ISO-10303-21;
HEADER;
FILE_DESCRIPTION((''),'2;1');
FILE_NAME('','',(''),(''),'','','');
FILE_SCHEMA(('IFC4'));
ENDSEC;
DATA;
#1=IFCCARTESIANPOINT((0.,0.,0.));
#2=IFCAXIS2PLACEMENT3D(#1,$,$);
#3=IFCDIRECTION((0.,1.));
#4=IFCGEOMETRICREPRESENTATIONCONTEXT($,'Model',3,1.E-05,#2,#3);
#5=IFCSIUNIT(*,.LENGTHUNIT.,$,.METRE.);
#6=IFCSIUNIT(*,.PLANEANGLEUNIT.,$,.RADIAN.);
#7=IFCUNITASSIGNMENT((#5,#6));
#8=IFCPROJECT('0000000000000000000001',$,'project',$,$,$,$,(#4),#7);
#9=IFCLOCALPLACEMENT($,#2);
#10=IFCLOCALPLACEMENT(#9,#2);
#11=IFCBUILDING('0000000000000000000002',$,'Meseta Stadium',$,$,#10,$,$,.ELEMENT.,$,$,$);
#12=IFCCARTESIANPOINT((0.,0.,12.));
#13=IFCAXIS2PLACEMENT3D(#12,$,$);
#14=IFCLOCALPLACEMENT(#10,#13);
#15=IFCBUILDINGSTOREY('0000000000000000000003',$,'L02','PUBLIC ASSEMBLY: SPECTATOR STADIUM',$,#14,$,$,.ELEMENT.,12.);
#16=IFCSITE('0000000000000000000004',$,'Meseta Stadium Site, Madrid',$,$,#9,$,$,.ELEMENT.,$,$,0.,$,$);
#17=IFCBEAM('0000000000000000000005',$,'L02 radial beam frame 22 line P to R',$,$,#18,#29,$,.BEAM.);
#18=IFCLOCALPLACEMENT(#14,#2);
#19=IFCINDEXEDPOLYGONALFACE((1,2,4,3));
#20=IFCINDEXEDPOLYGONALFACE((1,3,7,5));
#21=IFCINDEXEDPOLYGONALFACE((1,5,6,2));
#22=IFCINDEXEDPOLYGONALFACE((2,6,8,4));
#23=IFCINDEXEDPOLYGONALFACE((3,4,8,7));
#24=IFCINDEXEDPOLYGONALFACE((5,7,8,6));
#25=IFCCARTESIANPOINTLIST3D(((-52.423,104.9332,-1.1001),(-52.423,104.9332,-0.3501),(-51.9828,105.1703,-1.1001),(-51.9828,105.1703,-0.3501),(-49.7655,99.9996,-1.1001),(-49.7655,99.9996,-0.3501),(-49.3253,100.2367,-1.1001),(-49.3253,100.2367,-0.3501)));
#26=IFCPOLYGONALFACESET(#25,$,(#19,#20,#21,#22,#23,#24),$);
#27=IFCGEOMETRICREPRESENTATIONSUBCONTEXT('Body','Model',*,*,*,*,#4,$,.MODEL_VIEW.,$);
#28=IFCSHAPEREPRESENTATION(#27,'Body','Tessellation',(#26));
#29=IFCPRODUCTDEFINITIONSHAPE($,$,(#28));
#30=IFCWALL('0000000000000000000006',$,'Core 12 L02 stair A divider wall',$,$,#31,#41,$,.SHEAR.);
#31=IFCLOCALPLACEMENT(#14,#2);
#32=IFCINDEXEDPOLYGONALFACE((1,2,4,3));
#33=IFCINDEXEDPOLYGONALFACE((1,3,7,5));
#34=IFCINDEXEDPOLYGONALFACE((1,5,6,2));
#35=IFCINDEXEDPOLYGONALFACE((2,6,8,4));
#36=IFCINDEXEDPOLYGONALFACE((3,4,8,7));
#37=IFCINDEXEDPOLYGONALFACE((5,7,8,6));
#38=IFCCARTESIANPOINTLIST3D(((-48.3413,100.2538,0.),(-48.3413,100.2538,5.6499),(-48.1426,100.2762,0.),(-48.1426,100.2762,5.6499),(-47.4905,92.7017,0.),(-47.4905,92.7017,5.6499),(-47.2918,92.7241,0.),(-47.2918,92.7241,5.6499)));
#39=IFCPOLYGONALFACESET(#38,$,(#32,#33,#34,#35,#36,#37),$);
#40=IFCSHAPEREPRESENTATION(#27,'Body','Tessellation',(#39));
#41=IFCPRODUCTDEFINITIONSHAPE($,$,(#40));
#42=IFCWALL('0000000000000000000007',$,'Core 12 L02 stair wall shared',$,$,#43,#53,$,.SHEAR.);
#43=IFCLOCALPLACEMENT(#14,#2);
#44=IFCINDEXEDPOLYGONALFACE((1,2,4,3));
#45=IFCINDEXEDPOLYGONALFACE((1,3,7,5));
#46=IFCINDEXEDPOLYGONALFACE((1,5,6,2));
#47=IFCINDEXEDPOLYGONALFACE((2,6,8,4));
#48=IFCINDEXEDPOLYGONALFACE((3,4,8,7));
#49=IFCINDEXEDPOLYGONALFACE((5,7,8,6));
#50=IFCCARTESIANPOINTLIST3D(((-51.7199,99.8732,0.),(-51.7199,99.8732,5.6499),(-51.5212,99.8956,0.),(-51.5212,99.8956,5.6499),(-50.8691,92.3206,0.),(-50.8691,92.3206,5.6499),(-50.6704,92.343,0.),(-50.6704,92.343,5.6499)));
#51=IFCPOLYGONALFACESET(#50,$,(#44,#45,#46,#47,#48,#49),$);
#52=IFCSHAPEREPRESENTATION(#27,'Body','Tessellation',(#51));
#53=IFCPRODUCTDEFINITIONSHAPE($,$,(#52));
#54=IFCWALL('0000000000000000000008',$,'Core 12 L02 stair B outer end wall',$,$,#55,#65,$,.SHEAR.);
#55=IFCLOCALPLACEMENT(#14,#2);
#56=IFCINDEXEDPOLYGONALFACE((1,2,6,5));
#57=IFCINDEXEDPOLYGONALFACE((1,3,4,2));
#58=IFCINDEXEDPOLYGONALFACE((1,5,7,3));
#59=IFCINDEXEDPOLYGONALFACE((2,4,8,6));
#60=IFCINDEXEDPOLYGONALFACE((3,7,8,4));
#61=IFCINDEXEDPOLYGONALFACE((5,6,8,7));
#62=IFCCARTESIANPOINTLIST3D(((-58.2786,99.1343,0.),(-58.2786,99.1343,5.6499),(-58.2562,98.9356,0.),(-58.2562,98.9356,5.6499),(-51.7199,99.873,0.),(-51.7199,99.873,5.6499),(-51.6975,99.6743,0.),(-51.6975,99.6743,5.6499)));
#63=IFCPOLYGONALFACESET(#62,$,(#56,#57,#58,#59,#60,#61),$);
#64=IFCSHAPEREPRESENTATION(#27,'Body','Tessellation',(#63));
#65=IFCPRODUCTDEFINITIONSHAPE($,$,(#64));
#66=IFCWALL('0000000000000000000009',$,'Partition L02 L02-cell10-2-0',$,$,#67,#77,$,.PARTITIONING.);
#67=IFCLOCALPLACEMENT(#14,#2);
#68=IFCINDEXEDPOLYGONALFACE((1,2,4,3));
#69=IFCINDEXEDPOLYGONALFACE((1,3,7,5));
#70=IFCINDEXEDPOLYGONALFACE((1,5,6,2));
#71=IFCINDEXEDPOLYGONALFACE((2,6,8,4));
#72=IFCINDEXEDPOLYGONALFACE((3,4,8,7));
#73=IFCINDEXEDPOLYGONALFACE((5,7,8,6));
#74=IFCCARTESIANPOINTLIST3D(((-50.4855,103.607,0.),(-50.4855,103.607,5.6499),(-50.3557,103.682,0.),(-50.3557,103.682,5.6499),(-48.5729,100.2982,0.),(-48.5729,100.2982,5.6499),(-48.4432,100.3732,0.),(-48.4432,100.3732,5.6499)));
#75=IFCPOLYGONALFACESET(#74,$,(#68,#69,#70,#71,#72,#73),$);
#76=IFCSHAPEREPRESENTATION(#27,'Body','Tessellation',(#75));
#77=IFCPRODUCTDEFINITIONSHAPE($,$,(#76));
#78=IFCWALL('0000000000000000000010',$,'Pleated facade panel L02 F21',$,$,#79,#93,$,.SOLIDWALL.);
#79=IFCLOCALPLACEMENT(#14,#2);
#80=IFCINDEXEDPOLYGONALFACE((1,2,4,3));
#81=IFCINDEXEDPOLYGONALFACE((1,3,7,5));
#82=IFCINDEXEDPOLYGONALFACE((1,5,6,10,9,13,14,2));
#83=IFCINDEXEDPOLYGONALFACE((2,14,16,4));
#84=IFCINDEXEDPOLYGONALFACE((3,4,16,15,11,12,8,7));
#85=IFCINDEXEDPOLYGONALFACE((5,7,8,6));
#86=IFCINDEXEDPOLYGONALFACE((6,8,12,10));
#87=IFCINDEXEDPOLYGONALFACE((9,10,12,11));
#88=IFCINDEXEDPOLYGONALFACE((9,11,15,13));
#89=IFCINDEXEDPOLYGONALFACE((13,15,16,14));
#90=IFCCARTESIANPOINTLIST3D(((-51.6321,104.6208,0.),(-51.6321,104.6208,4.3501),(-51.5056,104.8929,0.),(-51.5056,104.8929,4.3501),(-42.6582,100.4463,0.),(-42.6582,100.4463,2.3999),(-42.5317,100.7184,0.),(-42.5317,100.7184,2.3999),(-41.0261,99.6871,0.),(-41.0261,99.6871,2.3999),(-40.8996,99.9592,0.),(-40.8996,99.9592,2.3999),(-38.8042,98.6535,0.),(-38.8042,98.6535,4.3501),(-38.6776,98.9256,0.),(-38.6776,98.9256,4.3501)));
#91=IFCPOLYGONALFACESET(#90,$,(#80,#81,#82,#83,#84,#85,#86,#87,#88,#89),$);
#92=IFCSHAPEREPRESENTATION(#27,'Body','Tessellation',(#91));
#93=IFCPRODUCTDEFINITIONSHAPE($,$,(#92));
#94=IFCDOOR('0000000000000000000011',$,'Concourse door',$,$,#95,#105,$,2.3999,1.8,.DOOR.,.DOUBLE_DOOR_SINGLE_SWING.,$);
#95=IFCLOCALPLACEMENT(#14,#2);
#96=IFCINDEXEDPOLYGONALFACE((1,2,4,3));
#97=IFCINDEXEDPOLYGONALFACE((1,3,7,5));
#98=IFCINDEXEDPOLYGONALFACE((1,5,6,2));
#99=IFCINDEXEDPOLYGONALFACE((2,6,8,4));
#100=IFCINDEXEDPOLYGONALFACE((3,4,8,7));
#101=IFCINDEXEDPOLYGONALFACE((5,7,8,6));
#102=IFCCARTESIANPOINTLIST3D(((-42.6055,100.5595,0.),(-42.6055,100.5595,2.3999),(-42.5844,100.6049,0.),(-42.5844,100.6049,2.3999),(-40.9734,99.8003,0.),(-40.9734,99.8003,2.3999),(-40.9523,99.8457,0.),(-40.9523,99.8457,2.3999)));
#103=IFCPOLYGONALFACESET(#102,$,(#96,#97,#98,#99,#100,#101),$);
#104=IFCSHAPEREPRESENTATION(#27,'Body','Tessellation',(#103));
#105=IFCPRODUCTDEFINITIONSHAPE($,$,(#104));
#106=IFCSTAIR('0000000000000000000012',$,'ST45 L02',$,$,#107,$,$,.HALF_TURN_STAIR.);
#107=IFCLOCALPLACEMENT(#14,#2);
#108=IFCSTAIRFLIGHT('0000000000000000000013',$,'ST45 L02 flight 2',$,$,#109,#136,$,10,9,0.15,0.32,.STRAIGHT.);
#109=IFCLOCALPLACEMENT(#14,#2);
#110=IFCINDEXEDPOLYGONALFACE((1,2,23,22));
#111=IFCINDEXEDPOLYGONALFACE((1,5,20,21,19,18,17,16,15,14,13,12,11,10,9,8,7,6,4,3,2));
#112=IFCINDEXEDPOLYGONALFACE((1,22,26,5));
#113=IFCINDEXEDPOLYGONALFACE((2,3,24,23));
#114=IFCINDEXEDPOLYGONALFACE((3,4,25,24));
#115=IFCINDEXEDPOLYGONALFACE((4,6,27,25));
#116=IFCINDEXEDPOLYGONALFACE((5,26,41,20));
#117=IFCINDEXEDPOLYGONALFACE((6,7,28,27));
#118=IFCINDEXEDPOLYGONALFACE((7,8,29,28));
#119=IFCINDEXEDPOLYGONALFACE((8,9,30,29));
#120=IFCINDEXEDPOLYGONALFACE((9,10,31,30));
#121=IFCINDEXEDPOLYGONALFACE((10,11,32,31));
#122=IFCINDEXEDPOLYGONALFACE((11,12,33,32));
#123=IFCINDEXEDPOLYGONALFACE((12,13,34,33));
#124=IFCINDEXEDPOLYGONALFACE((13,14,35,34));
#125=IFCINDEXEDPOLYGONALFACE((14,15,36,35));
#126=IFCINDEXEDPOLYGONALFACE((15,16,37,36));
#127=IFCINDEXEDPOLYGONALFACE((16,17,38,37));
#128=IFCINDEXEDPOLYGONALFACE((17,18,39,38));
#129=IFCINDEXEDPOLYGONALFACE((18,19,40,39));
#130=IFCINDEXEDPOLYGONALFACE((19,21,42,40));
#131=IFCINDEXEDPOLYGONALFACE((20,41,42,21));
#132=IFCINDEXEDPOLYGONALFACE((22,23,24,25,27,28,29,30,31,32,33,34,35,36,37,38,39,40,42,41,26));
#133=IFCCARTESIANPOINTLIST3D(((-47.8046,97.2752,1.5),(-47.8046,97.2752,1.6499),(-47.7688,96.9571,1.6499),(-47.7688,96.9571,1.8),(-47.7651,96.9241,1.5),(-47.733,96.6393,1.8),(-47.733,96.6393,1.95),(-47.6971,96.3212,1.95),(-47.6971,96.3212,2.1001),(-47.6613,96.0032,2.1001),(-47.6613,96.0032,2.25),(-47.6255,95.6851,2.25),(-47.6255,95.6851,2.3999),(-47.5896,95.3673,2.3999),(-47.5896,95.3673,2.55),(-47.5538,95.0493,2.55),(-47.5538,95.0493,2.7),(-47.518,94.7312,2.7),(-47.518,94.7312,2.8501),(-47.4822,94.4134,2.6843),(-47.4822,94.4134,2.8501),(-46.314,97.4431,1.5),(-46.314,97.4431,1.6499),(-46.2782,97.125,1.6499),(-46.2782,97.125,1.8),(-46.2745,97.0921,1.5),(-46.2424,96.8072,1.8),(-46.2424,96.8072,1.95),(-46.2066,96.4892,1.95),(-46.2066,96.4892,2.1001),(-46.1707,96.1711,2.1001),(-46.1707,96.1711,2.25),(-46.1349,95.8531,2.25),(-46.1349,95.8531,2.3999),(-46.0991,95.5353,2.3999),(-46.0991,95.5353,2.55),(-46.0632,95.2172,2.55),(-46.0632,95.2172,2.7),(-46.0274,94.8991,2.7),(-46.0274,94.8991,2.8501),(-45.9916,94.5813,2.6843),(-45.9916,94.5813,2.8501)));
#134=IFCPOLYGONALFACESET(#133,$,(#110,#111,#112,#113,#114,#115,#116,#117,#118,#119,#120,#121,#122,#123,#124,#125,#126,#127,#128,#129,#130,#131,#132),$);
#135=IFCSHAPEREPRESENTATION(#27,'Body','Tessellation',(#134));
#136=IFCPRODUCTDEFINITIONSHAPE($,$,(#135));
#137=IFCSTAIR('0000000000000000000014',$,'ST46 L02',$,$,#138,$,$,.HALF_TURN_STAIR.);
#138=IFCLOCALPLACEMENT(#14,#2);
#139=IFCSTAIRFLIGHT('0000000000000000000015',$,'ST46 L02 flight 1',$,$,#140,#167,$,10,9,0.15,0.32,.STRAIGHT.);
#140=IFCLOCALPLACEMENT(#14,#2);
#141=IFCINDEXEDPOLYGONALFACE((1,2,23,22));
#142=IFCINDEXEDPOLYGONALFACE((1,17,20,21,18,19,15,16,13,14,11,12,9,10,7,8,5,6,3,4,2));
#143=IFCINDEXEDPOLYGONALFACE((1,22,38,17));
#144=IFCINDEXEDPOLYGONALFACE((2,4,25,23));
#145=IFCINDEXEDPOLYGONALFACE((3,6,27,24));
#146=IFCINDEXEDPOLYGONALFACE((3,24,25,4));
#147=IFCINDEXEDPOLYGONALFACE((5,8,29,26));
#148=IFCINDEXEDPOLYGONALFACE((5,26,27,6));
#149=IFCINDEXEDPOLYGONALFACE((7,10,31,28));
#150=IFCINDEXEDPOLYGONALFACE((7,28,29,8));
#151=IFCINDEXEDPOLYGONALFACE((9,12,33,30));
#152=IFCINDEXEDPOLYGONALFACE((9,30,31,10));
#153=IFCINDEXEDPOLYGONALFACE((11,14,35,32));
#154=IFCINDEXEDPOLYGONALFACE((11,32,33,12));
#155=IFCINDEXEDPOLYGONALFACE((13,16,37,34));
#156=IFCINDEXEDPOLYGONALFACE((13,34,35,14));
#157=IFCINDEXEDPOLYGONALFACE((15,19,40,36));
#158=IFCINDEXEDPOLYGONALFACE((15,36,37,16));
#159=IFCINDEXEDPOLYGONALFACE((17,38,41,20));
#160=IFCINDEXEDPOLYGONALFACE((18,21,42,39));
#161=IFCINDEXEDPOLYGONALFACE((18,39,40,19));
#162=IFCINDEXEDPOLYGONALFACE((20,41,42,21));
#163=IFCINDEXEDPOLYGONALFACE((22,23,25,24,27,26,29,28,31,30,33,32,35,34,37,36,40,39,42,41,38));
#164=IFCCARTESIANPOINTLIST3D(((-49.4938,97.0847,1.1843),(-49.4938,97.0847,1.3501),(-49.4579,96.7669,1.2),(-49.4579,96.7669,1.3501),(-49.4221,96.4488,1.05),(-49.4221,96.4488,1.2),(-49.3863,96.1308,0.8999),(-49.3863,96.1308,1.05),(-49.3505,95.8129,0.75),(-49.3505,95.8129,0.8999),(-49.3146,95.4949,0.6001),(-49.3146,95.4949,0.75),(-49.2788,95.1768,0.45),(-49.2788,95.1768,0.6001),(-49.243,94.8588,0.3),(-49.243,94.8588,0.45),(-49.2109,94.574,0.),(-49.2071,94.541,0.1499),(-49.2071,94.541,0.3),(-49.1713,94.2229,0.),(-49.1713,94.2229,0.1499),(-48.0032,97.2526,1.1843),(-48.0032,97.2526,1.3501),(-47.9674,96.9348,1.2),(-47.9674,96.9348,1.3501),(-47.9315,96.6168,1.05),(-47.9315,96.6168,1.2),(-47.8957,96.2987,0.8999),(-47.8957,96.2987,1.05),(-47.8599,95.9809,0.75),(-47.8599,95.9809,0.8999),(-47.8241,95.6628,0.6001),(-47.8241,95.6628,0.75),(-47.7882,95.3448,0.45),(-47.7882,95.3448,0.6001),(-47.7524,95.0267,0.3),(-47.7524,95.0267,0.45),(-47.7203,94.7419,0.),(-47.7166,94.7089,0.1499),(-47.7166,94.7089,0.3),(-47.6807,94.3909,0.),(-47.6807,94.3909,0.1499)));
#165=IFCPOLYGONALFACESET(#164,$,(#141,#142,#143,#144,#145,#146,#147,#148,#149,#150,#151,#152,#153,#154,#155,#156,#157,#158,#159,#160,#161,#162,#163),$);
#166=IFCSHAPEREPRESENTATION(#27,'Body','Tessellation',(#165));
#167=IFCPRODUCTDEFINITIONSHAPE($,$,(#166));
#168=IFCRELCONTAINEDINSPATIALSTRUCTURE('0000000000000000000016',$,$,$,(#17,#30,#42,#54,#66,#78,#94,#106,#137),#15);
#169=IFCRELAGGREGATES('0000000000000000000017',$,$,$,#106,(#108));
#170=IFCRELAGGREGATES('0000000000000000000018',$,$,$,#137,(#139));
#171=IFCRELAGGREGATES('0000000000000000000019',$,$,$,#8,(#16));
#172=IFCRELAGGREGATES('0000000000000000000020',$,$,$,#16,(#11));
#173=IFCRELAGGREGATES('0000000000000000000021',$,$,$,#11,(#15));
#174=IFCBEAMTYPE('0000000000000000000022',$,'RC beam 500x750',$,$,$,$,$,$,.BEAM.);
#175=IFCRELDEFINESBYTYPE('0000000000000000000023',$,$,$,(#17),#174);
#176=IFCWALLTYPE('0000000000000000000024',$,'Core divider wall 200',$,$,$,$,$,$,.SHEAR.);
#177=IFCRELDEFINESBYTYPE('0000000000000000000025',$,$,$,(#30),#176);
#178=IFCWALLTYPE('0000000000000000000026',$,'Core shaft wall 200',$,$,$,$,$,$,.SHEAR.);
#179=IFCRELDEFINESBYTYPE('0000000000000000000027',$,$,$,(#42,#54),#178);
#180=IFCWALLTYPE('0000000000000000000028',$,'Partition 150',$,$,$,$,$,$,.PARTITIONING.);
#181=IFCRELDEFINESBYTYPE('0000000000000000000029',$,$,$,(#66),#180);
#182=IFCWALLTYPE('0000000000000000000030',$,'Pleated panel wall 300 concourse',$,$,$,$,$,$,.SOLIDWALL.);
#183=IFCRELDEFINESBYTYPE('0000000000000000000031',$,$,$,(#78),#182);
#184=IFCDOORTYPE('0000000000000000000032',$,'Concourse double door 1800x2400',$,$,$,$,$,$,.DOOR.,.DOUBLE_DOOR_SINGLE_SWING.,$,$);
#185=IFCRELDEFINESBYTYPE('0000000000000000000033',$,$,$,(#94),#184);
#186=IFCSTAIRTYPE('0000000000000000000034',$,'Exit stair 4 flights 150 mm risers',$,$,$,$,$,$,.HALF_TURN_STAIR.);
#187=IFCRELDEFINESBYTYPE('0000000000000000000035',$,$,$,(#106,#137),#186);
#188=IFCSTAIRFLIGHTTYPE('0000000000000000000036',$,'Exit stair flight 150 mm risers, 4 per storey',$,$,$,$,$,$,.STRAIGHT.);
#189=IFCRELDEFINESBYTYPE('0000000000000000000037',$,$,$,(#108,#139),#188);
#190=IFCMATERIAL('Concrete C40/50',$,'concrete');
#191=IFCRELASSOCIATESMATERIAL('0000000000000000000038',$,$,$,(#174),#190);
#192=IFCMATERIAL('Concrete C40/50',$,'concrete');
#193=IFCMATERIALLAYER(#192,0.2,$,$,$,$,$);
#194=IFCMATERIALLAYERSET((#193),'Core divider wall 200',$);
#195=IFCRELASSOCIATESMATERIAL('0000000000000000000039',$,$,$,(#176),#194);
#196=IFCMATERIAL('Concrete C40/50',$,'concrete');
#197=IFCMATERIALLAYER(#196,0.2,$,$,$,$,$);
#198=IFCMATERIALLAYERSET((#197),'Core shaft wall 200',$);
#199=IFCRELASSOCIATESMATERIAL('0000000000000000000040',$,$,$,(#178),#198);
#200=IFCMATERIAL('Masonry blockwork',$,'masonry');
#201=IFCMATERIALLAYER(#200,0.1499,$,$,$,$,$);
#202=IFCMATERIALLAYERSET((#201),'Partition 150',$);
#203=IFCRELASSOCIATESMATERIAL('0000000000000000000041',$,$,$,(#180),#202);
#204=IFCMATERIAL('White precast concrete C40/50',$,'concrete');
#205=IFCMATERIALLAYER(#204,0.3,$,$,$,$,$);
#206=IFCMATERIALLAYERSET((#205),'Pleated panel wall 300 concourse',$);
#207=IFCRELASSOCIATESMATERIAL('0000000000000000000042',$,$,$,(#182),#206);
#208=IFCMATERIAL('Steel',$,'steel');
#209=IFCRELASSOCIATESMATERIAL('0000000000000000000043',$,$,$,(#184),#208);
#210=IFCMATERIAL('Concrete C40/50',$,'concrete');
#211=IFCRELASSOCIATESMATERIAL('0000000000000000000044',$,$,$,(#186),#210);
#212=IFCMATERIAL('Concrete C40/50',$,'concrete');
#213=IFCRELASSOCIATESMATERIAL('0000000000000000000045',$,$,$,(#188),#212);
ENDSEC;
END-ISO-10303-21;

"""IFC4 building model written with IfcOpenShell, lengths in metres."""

from ifc_helpers import new_model, si_unit, direction, frame, frame_2d, origin, origin_2d, place, context, subcontext, project, spatial, polyline, rectangle, outline, extrude, material, layer, layer_set, material_profile, profile_set, type_object, element, fill, aggregate, save


model = new_model("IFC4")

# Units and contexts
model_context = context("Model", 3, precision=1e-05, world=origin(), true_north=direction((0.0, 1.0)))
body_context = subcontext(model_context, "Body", "Model", "MODEL_VIEW")
ifc_project = project(units=[si_unit("LENGTHUNIT", "METRE"), si_unit("PLANEANGLEUNIT", "RADIAN")], contexts=[model_context])

# Site, building, storey
site_placement = place(None, origin())
site = spatial("IfcSite", under=ifc_project, at=site_placement, Name="Meseta Stadium Site, Madrid", CompositionType="ELEMENT", RefElevation=0.0)
building_placement = place(site_placement, origin())
building = spatial("IfcBuilding", under=site, at=building_placement, Name="Meseta Stadium", CompositionType="ELEMENT")
storey_placement = place(building_placement, frame((0.0, 0.0, 12.0)))
storey = spatial("IfcBuildingStorey", under=building, at=storey_placement, Name="L02", Description="PUBLIC ASSEMBLY: SPECTATOR STADIUM", CompositionType="ELEMENT", Elevation=12.0)

# Beam
ifc_material_1 = material(Name="Concrete C40/50", Category="concrete")
ifc_material_profile = material_profile(ifc_material_1, rectangle(XDim=0.5, YDim=0.75, at=origin_2d()), Name="RC 500x750")
ifc_profile_set = profile_set([ifc_material_profile], Name="Concrete C40/50")
beam_type = type_object("IfcBeamType", Name="RC beam 500x750", PredefinedType="BEAM", material=ifc_profile_set)
beam_placement = place(storey_placement, frame((-49.5454, 100.1182, -0.7251), z_axis=(-0.474227, 0.880403, 0.0), x_axis=(-0.880403, -0.474227, 0.0)))
element("IfcBeam", 1, at=beam_placement, inside=storey, type_object=beam_type, Name="L02 radial beam frame 22 line P to R", PredefinedType="BEAM", context=body_context, shape_type="SweptSolid", body=[
    extrude(rectangle(XDim=0.5, YDim=0.75, at=origin_2d()), origin(), (0.0, 0.0, 1.0), 5.6038),
])

# Walls
ifc_material_2 = material(Name="Concrete C40/50", Category="concrete")
ifc_layer_1 = layer(ifc_material_2, 0.2)
ifc_layer_set_1 = layer_set([ifc_layer_1], Name="Core divider wall 200")
wall_type_1 = type_object("IfcWallType", Name="Core divider wall 200", PredefinedType="SHEAR", material=ifc_layer_set_1)
wall_1_placement = place(storey_placement, frame((-48.2419, 100.2649, 0.0), z_axis=(0.0, 0.0, 1.0), x_axis=(0.111955, -0.993713, 0.0)))
element("IfcWall", 2, at=wall_1_placement, inside=storey, type_object=wall_type_1, Name="Core 12 L02 stair A divider wall", PredefinedType="SHEAR", context=body_context, shape_type="SweptSolid", body=[
    extrude(rectangle(XDim=7.5999, YDim=0.2, at=frame_2d((3.7998, 0.0))), origin(), (0.0, 0.0, 1.0), 5.6499),
])
ifc_material_3 = material(Name="Concrete C40/50", Category="concrete")
ifc_layer_2 = layer(ifc_material_3, 0.2)
ifc_layer_set_2 = layer_set([ifc_layer_2], Name="Core shaft wall 200")
wall_type_2 = type_object("IfcWallType", Name="Core shaft wall 200", PredefinedType="SHEAR", material=ifc_layer_set_2)
wall_2_placement = place(storey_placement, frame((-51.6206, 99.8845, 0.0), z_axis=(0.0, 0.0, 1.0), x_axis=(0.111947, -0.993714, 0.0)))
element("IfcWall", 3, at=wall_2_placement, inside=storey, type_object=wall_type_2, Name="Core 12 L02 stair wall shared", PredefinedType="SHEAR", context=body_context, shape_type="SweptSolid", body=[
    extrude(rectangle(XDim=7.6003, YDim=0.2, at=frame_2d((3.8003, 0.0))), origin(), (0.0, 0.0, 1.0), 5.6499),
])
wall_3_placement = place(storey_placement, frame((-51.7087, 99.7737, 0.0), z_axis=(0.0, 0.0, 1.0), x_axis=(-0.993716, -0.111934, 0.0)))
element("IfcWall", 4, at=wall_3_placement, inside=storey, type_object=wall_type_2, Name="Core 12 L02 stair B outer end wall", PredefinedType="SHEAR", context=body_context, shape_type="SweptSolid", body=[
    extrude(rectangle(XDim=6.6001, YDim=0.2, at=frame_2d((3.3, 0.0))), origin(), (0.0, 0.0, 1.0), 5.6499),
])
ifc_material_4 = material(Name="Masonry blockwork", Category="masonry")
ifc_layer_3 = layer(ifc_material_4, 0.1499)
ifc_layer_set_3 = layer_set([ifc_layer_3], Name="Partition 150")
wall_type_3 = type_object("IfcWallType", Name="Partition 150", PredefinedType="PARTITIONING", material=ifc_layer_set_3)
wall_4_placement = place(storey_placement, frame((-48.5081, 100.3357, 0.0), z_axis=(0.0, 0.0, 1.0), x_axis=(-0.500439, 0.865772, 0.0)))
element("IfcWall", 5, at=wall_4_placement, inside=storey, type_object=wall_type_3, Name="Partition L02 L02-cell10-2-0", PredefinedType="PARTITIONING", context=body_context, shape_type="SweptSolid", body=[
    extrude(rectangle(XDim=3.8218, YDim=0.1499, at=frame_2d((1.9109, 0.0))), origin(), (0.0, 0.0, 1.0), 5.6499),
])

# Wall, opening, door
ifc_material_5 = material(Name="White precast concrete C40/50", Category="concrete")
ifc_layer_4 = layer(ifc_material_5, 0.3)
ifc_layer_set_4 = layer_set([ifc_layer_4], Name="Pleated panel wall 300 concourse")
wall_type_4 = type_object("IfcWallType", Name="Pleated panel wall 300 concourse", PredefinedType="SOLIDWALL", material=ifc_layer_set_4)
wall_5_placement = place(storey_placement, frame((-51.5688, 104.7568, 0.0), z_axis=(0.0, 0.0, 1.0), x_axis=(0.906699, -0.421779, 0.0)))
wall_5 = element("IfcWall", 6, at=wall_5_placement, inside=storey, type_object=wall_type_4, Name="Pleated facade panel L02 F21", PredefinedType="SOLIDWALL", context=body_context, shape_type="SweptSolid", body=[
    extrude(rectangle(XDim=14.1479, YDim=0.3, at=frame_2d((7.074, 0.0))), origin(), (0.0, 0.0, 1.0), 4.3501),
])
opening_placement = place(wall_5_placement, frame((9.8975, 0.0, 0.0)))
opening = element("IfcOpeningElement", 7, at=opening_placement, cuts=wall_5, PredefinedType="OPENING", context=body_context, shape_type="SweptSolid", body=[
    extrude(rectangle(XDim=1.8, YDim=2.3999, at=frame_2d((0.8999, 1.2))), frame((0.0, 0.1599, 0.0), z_axis=(0.0, -1.0, 0.0), x_axis=(1.0, 0.0, 0.0)), (0.0, 0.0, 1.0), 0.3201),
])
ifc_material_6 = material(Name="Steel", Category="steel")
door_type = type_object("IfcDoorType", Name="Concourse double door 1800x2400", OperationType="DOUBLE_DOOR_SINGLE_SWING", PredefinedType="DOOR", material=ifc_material_6)
door_placement = place(opening_placement, origin())
door = element("IfcDoor", 8, at=door_placement, inside=storey, type_object=door_type, Name="Concourse door", OperationType="DOUBLE_DOOR_SINGLE_SWING", OverallHeight=2.3999, OverallWidth=1.8, PredefinedType="DOOR", context=body_context, shape_type="SweptSolid", body=[
    extrude(rectangle(XDim=1.8, YDim=2.3999, at=frame_2d((0.8999, 1.2))), frame((0.0, 0.0249, 0.0), z_axis=(0.0, -1.0, 0.0), x_axis=(1.0, 0.0, 0.0)), (0.0, 0.0, 1.0), 0.05),
])
fill(opening, door)

# Stair, stair flight
ifc_material_7 = material(Name="Concrete C40/50", Category="concrete")
stair_type = type_object("IfcStairType", Name="Exit stair 4 flights 150 mm risers", PredefinedType="HALF_TURN_STAIR", material=ifc_material_7)
stair_1_placement = place(storey_placement, origin())
stair_1 = element("IfcStair", 9, at=stair_1_placement, inside=storey, type_object=stair_type, Name="ST45 L02", PredefinedType="HALF_TURN_STAIR")
ifc_material_8 = material(Name="Concrete C40/50", Category="concrete")
stair_flight_type = type_object("IfcStairFlightType", Name="Exit stair flight 150 mm risers, 4 per storey", PredefinedType="STRAIGHT", material=ifc_material_8)
stair_flight_1_placement = place(storey_placement, frame((-47.0593, 97.3591, 1.5), z_axis=(0.0, 0.0, 1.0), x_axis=(0.111964, -0.993712, 0.0)))
stair_flight_1 = element("IfcStairFlight", 10, at=stair_flight_1_placement, type_object=stair_flight_type, Name="ST45 L02 flight 2", NumberOfRisers=10, NumberOfTreads=9, PredefinedType="STRAIGHT", RiserHeight=0.15, TreadLength=0.32, context=body_context, shape_type="SweptSolid", body=[
    extrude(outline(polyline([(0.0, 0.0), (0.0, 0.1499), (0.3201, 0.1499), (0.3201, 0.3), (0.6399, 0.3), (0.6399, 0.45), (0.96, 0.45), (0.96, 0.6001), (1.28, 0.6001), (1.28, 0.75), (1.6001, 0.75), (1.6001, 0.8999), (1.9199, 0.8999), (1.9199, 1.05), (2.24, 1.05), (2.24, 1.2), (2.5601, 1.2), (2.5601, 1.3501), (2.8799, 1.3501), (2.8799, 1.1843), (0.3533, 0.0), (0.0, 0.0)])), frame((0.0, 0.75, 0.0), z_axis=(0.0, -1.0, 0.0), x_axis=(1.0, 0.0, 0.0)), (0.0, 0.0, 1.0), 1.5),
])
aggregate(stair_1, [stair_flight_1])

# Stair, stair flight
stair_2_placement = place(storey_placement, origin())
stair_2 = element("IfcStair", 11, at=stair_2_placement, inside=storey, type_object=stair_type, Name="ST46 L02", PredefinedType="HALF_TURN_STAIR")
stair_flight_2_placement = place(storey_placement, frame((-48.426, 94.3069, 0.0), z_axis=(0.0, 0.0, 1.0), x_axis=(-0.111964, 0.993712, 0.0)))
stair_flight_2 = element("IfcStairFlight", 12, at=stair_flight_2_placement, type_object=stair_flight_type, Name="ST46 L02 flight 1", NumberOfRisers=10, NumberOfTreads=9, PredefinedType="STRAIGHT", RiserHeight=0.15, TreadLength=0.32, context=body_context, shape_type="SweptSolid", body=[
    extrude(outline(polyline([(0.0, 0.0), (0.0, 0.1499), (0.3201, 0.1499), (0.3201, 0.3), (0.6399, 0.3), (0.6399, 0.45), (0.96, 0.45), (0.96, 0.6001), (1.28, 0.6001), (1.28, 0.75), (1.6001, 0.75), (1.6001, 0.8999), (1.9199, 0.8999), (1.9199, 1.05), (2.24, 1.05), (2.24, 1.2), (2.5601, 1.2), (2.5601, 1.3501), (2.8799, 1.3501), (2.8799, 1.1843), (0.3533, 0.0), (0.0, 0.0)])), frame((0.0, 0.75, 0.0), z_axis=(0.0, -1.0, 0.0), x_axis=(1.0, 0.0, 0.0)), (0.0, 0.0, 1.0), 1.5),
])
aggregate(stair_2, [stair_flight_2])

save(model, "model.ifc")
